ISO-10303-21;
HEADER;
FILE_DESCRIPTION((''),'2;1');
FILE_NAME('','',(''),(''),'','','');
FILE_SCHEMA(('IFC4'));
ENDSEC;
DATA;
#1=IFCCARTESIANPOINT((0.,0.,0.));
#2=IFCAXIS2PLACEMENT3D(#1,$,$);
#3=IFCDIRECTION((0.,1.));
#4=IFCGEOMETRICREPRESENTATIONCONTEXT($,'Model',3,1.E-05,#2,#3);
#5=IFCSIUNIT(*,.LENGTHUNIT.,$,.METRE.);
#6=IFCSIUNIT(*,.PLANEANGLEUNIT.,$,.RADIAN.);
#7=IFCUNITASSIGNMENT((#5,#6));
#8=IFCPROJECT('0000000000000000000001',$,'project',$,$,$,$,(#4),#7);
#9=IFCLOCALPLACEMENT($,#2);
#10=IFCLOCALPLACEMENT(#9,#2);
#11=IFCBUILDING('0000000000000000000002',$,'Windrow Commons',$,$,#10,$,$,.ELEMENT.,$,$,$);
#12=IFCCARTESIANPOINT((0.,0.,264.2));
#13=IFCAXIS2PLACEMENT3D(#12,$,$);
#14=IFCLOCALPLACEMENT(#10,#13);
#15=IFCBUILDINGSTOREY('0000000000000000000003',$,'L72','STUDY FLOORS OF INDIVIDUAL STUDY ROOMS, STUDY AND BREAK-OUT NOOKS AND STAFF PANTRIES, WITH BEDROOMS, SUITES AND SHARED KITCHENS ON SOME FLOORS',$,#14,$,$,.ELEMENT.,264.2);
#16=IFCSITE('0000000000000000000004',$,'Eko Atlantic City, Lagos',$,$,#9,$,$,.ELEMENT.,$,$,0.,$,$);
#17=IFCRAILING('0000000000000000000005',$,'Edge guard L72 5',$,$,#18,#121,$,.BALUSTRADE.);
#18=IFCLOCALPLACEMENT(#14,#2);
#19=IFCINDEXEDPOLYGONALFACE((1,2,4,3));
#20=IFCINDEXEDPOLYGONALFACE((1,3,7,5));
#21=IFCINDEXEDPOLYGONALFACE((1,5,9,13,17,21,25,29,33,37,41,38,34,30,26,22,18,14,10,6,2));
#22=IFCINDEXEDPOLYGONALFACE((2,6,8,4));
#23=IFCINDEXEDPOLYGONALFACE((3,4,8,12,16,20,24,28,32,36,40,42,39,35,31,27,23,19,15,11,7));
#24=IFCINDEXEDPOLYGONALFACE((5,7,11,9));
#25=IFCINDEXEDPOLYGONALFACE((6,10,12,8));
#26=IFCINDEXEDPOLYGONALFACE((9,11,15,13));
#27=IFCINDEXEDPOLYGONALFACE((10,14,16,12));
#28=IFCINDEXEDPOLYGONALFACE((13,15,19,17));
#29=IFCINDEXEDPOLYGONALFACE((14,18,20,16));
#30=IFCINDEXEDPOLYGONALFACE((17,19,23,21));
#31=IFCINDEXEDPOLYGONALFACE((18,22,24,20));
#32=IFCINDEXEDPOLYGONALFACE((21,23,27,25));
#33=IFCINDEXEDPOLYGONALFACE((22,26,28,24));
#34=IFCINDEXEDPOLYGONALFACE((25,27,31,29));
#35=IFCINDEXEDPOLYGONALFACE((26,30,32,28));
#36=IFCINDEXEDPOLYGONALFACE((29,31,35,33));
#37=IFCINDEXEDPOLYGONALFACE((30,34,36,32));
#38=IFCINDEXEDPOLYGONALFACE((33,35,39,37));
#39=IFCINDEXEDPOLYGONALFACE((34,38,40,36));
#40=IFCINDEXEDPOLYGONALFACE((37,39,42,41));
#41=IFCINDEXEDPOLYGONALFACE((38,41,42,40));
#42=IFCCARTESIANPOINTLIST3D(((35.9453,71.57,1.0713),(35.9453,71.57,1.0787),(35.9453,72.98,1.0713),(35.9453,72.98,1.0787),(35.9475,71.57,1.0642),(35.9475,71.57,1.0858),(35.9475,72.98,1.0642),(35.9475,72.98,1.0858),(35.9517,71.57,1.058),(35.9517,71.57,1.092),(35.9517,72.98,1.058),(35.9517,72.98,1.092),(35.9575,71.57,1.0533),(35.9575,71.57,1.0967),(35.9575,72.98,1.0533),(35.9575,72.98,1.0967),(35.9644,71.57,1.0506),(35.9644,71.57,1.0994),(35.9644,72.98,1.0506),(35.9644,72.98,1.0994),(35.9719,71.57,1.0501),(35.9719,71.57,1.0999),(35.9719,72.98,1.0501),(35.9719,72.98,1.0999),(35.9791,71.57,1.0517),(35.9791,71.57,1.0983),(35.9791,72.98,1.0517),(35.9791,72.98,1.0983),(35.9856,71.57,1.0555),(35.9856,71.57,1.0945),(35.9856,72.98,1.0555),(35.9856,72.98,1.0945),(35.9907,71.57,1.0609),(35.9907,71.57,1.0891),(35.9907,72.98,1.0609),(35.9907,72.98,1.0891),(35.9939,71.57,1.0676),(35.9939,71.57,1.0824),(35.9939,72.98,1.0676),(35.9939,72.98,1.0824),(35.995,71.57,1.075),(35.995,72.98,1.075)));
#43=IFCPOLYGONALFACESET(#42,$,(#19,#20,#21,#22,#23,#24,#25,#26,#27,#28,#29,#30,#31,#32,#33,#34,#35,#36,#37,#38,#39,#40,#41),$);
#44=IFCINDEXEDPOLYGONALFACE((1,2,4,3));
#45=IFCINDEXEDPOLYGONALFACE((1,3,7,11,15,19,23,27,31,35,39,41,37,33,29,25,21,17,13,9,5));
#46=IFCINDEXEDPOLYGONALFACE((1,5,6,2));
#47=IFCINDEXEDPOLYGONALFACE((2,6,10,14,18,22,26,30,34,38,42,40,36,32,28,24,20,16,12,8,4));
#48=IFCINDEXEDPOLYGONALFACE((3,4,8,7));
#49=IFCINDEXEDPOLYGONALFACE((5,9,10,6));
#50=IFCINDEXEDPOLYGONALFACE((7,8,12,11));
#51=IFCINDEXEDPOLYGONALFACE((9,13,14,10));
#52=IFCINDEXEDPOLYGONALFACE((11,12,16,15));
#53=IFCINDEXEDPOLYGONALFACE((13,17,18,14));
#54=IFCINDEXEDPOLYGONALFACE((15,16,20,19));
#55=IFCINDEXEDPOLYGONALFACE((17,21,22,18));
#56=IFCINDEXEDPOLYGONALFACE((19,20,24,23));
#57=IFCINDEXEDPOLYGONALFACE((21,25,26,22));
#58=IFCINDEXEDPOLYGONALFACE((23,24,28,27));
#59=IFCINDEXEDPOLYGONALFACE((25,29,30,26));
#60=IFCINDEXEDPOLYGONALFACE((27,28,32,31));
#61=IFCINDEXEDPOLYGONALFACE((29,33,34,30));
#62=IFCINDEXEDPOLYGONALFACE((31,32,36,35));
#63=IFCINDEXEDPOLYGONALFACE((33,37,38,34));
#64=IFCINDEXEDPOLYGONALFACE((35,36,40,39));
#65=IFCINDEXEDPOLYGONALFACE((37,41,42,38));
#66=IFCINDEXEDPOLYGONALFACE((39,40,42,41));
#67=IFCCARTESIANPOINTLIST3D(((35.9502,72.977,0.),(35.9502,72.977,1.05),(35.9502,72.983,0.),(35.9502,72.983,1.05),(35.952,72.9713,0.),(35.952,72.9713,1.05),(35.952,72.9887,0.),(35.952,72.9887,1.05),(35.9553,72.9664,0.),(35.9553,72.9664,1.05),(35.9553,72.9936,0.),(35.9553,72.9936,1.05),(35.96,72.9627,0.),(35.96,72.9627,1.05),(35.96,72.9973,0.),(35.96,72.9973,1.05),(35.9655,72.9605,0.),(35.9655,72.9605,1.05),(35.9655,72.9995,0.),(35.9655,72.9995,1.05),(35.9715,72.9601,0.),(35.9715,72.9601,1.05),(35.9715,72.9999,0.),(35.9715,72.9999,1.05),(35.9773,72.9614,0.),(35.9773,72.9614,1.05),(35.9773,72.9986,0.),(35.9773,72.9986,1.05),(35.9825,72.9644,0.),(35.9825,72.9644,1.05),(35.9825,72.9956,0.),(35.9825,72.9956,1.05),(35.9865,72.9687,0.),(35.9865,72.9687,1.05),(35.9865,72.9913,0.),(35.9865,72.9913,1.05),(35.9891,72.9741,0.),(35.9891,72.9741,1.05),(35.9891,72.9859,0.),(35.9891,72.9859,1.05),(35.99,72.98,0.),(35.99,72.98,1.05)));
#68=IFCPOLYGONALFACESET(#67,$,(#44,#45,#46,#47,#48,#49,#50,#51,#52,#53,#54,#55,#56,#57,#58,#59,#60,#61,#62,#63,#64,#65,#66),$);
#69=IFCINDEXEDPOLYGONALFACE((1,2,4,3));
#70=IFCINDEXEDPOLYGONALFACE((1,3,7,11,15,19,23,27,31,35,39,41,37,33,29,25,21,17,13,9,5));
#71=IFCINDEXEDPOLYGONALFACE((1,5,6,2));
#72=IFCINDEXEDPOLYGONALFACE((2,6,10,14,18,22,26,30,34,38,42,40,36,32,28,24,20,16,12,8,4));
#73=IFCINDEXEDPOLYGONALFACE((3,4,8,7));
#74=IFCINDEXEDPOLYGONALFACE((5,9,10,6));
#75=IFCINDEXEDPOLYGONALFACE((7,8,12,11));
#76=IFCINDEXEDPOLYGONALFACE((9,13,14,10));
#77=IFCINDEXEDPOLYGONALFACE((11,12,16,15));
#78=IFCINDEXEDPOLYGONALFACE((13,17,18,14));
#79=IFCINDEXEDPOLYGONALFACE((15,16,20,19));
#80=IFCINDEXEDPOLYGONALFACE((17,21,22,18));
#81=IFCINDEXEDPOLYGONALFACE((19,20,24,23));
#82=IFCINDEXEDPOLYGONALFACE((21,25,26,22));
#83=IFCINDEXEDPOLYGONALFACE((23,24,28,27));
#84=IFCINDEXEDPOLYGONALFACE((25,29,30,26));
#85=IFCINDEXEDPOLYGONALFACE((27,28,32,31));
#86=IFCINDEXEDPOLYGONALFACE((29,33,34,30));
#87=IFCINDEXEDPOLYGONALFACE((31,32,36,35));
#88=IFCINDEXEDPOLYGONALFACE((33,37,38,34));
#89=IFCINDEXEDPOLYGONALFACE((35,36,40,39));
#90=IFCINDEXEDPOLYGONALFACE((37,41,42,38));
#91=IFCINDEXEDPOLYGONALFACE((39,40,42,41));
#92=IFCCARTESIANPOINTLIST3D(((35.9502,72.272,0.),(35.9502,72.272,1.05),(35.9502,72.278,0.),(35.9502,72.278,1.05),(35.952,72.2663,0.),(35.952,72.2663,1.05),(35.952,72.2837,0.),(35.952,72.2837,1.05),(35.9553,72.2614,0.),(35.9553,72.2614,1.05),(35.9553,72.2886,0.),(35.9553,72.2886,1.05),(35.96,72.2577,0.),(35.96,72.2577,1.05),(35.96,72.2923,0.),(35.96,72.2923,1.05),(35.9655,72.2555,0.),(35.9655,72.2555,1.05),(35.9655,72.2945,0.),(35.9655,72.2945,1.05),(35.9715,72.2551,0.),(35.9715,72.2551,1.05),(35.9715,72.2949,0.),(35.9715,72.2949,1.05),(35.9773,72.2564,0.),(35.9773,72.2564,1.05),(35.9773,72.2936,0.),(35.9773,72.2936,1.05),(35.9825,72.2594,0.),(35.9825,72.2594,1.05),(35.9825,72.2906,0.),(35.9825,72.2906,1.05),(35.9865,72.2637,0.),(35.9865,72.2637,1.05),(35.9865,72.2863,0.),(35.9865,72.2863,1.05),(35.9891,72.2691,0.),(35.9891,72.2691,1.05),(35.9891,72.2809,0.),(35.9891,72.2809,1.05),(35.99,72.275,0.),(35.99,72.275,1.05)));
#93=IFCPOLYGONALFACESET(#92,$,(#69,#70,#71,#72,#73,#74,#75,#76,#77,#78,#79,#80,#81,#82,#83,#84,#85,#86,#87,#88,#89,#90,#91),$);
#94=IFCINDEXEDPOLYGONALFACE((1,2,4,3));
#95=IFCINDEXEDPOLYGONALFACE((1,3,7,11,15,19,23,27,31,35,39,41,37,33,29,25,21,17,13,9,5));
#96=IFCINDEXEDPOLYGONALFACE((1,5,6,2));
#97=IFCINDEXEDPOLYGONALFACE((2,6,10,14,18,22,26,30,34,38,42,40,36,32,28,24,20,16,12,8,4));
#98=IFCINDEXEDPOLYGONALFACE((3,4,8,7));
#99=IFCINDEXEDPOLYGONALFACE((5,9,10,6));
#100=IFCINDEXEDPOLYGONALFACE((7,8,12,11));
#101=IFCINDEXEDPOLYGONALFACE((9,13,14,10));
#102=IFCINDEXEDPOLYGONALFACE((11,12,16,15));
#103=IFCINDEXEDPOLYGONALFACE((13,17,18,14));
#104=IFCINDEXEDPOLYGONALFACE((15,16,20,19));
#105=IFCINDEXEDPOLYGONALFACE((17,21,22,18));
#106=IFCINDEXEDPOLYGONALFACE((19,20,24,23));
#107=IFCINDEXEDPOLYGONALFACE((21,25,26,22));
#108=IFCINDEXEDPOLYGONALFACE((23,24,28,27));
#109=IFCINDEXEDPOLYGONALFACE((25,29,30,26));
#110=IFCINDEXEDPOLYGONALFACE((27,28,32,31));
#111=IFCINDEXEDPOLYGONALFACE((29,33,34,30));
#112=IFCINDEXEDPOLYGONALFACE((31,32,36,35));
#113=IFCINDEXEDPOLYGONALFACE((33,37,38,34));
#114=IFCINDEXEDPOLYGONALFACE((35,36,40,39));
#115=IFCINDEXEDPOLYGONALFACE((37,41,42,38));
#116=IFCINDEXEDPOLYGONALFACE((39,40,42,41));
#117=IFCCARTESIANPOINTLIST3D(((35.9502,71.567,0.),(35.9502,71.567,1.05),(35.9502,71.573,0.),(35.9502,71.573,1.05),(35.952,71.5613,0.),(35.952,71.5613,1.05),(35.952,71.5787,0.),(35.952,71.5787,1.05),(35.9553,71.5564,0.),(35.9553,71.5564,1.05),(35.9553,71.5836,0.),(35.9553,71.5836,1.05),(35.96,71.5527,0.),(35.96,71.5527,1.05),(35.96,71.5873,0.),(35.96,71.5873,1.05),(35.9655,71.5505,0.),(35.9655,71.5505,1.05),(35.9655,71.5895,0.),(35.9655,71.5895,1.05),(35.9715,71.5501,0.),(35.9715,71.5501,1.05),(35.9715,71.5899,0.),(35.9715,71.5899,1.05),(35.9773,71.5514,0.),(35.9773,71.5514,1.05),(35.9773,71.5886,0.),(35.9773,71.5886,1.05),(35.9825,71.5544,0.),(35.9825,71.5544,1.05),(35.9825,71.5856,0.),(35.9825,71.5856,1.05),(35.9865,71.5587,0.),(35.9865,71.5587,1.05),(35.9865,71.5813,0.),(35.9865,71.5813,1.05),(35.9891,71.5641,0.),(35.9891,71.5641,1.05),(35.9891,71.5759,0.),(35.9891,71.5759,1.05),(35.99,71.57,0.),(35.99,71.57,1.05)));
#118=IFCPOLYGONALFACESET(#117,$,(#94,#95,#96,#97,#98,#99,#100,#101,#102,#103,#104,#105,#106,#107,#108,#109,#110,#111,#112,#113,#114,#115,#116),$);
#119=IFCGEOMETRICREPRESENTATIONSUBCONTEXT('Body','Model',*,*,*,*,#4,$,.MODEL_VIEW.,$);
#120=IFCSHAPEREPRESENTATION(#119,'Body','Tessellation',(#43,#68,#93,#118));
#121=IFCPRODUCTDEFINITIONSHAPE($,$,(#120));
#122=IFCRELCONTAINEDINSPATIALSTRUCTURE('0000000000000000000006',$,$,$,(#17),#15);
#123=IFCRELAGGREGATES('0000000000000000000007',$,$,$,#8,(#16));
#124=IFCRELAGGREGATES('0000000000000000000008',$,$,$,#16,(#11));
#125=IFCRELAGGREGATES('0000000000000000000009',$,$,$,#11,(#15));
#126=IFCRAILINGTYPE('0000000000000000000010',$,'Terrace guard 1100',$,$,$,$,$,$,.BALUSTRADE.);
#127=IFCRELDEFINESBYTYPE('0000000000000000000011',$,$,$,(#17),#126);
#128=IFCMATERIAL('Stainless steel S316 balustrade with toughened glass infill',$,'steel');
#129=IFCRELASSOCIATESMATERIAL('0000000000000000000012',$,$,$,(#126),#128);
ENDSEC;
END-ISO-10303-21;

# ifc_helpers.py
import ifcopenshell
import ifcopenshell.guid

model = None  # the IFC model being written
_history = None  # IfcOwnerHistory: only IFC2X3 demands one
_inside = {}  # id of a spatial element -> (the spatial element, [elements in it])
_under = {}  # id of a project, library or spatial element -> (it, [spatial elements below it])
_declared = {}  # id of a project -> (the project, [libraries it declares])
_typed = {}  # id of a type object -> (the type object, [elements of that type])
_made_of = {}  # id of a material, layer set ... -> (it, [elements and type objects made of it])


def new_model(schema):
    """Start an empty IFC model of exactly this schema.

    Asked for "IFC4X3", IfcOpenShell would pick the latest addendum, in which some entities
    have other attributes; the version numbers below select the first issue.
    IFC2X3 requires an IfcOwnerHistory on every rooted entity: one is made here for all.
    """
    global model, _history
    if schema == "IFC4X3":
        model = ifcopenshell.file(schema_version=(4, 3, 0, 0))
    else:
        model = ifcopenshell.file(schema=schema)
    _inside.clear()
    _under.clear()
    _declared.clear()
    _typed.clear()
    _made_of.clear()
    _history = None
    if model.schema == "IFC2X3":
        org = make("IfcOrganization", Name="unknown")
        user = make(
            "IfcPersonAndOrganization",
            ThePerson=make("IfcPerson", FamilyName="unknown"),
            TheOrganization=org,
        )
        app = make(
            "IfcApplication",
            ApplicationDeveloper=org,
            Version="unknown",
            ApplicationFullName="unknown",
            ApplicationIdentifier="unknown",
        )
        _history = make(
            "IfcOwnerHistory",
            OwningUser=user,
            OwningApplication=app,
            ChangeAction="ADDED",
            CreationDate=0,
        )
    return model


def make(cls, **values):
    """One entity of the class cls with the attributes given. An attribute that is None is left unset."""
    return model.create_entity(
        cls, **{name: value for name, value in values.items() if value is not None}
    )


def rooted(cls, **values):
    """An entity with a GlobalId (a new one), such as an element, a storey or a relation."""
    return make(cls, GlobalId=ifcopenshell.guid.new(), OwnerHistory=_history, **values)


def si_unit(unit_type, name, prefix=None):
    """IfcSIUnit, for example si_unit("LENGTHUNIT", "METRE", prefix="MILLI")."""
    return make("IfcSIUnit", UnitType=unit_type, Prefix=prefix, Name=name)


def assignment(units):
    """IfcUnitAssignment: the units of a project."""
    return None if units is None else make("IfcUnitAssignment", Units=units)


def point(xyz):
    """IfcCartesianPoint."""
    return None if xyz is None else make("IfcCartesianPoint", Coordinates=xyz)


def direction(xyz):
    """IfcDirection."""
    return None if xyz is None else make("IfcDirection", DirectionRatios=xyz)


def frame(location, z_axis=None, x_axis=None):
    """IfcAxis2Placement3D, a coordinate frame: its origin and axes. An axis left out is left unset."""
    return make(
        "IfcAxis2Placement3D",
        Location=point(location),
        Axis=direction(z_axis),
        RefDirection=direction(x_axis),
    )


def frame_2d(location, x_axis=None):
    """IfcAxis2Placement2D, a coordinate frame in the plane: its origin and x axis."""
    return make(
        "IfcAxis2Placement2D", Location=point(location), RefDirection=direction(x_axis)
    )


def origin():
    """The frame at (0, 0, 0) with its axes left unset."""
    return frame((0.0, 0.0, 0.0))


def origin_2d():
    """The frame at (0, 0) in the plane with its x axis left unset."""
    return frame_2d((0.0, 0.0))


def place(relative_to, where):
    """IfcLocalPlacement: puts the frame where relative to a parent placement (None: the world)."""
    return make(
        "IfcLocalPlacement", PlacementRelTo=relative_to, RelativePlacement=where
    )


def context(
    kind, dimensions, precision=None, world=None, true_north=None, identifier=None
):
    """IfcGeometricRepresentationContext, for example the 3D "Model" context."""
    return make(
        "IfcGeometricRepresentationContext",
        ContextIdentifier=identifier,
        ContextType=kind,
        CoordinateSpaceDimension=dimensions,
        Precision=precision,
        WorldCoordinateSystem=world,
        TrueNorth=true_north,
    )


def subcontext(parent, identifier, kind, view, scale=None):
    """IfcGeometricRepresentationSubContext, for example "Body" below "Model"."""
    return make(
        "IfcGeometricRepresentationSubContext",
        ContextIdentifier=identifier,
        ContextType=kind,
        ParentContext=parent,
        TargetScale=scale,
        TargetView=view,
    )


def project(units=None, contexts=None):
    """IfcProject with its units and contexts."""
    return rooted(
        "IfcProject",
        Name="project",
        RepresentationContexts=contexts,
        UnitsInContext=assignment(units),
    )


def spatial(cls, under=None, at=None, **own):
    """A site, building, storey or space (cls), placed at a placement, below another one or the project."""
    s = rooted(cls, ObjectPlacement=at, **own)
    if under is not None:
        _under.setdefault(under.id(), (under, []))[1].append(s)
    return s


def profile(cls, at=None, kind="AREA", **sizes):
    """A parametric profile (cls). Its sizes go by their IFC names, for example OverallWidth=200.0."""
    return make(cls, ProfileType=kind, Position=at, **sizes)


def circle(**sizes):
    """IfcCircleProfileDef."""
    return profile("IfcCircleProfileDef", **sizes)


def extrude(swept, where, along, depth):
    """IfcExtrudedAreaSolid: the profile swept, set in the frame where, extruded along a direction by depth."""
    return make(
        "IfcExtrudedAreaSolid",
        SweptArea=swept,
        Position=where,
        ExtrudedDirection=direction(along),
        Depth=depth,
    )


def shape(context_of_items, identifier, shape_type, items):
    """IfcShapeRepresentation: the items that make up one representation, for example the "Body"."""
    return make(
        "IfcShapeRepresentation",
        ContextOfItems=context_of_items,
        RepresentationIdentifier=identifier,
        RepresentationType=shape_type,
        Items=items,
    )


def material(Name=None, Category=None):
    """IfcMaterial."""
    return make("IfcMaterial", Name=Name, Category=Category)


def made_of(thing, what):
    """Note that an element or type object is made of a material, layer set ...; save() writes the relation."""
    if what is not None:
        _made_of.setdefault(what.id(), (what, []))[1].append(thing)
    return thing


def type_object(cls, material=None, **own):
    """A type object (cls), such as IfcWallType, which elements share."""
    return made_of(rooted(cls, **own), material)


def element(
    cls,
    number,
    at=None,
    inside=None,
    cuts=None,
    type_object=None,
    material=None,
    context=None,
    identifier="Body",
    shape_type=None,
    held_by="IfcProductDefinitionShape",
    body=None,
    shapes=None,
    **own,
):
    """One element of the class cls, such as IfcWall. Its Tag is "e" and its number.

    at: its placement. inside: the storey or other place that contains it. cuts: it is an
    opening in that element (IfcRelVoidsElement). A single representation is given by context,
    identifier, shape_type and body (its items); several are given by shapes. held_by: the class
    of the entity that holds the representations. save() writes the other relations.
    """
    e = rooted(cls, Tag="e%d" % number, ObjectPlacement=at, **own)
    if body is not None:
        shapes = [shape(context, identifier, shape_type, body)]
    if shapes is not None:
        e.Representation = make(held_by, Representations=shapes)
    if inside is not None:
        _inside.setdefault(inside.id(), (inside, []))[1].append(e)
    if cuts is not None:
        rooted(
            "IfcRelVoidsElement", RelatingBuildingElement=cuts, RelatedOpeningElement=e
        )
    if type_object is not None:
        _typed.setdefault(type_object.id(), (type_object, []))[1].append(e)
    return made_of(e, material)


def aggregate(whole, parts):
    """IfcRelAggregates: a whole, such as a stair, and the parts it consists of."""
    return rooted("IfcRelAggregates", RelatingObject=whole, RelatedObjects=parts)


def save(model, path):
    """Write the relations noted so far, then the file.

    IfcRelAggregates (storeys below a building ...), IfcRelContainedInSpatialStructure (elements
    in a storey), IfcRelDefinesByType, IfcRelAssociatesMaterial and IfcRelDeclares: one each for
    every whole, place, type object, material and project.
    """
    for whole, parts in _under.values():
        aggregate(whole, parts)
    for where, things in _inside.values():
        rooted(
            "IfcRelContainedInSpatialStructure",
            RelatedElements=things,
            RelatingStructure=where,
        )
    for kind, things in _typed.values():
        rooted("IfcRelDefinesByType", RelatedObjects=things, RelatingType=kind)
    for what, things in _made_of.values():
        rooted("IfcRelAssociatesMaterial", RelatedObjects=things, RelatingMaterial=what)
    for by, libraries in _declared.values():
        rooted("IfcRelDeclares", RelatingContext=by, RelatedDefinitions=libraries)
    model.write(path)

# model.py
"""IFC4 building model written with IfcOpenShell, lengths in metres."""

from ifc_helpers import new_model, si_unit, direction, frame, origin, origin_2d, place, context, subcontext, project, spatial, circle, extrude, material, type_object, element, save


model = new_model("IFC4")

# Units and contexts
model_context = context("Model", 3, precision=1e-05, world=origin(), true_north=direction((0.0, 1.0)))
body_context = subcontext(model_context, "Body", "Model", "MODEL_VIEW")
ifc_project = project(units=[si_unit("LENGTHUNIT", "METRE"), si_unit("PLANEANGLEUNIT", "RADIAN")], contexts=[model_context])

# Site, building, storey
site_placement = place(None, origin())
site = spatial("IfcSite", under=ifc_project, at=site_placement, Name="Eko Atlantic City, Lagos", CompositionType="ELEMENT", RefElevation=0.0)
building_placement = place(site_placement, origin())
building = spatial("IfcBuilding", under=site, at=building_placement, Name="Windrow Commons", CompositionType="ELEMENT")
storey_placement = place(building_placement, frame((0.0, 0.0, 264.2)))
storey = spatial("IfcBuildingStorey", under=building, at=storey_placement, Name="L72", Description="STUDY FLOORS OF INDIVIDUAL STUDY ROOMS, STUDY AND BREAK-OUT NOOKS AND STAFF PANTRIES, WITH BEDROOMS, SUITES AND SHARED KITCHENS ON SOME FLOORS", CompositionType="ELEMENT", Elevation=264.2)

# Railing
ifc_material_1 = material(Name="Stainless steel S316 balustrade with toughened glass infill", Category="steel")
railing_type_1 = type_object("IfcRailingType", Name="Terrace guard 1100", PredefinedType="BALUSTRADE", material=ifc_material_1)
railing_1_placement = place(storey_placement, frame((35.97, 72.98, 0.0)))
element("IfcRailing", 1, at=railing_1_placement, inside=storey, type_object=railing_type_1, Name="Edge guard L72 5", PredefinedType="BALUSTRADE", context=body_context, shape_type="SweptSolid", body=[
    extrude(circle(Radius=0.025, at=origin_2d()), frame((0.0, 0.0, 1.075), z_axis=(0.0, -1.0, 0.0), x_axis=(1.0, 0.0, 0.0)), (0.0, 0.0, 1.0), 1.41),
    extrude(circle(Radius=0.02, at=origin_2d()), origin(), (0.0, 0.0, 1.0), 1.05),
    extrude(circle(Radius=0.02, at=origin_2d()), frame((0.0, -0.705, 0.0)), (0.0, 0.0, 1.0), 1.05),
    extrude(circle(Radius=0.02, at=origin_2d()), frame((0.0, -1.41, 0.0)), (0.0, 0.0, 1.0), 1.05),
])

save(model, "model.ifc")
